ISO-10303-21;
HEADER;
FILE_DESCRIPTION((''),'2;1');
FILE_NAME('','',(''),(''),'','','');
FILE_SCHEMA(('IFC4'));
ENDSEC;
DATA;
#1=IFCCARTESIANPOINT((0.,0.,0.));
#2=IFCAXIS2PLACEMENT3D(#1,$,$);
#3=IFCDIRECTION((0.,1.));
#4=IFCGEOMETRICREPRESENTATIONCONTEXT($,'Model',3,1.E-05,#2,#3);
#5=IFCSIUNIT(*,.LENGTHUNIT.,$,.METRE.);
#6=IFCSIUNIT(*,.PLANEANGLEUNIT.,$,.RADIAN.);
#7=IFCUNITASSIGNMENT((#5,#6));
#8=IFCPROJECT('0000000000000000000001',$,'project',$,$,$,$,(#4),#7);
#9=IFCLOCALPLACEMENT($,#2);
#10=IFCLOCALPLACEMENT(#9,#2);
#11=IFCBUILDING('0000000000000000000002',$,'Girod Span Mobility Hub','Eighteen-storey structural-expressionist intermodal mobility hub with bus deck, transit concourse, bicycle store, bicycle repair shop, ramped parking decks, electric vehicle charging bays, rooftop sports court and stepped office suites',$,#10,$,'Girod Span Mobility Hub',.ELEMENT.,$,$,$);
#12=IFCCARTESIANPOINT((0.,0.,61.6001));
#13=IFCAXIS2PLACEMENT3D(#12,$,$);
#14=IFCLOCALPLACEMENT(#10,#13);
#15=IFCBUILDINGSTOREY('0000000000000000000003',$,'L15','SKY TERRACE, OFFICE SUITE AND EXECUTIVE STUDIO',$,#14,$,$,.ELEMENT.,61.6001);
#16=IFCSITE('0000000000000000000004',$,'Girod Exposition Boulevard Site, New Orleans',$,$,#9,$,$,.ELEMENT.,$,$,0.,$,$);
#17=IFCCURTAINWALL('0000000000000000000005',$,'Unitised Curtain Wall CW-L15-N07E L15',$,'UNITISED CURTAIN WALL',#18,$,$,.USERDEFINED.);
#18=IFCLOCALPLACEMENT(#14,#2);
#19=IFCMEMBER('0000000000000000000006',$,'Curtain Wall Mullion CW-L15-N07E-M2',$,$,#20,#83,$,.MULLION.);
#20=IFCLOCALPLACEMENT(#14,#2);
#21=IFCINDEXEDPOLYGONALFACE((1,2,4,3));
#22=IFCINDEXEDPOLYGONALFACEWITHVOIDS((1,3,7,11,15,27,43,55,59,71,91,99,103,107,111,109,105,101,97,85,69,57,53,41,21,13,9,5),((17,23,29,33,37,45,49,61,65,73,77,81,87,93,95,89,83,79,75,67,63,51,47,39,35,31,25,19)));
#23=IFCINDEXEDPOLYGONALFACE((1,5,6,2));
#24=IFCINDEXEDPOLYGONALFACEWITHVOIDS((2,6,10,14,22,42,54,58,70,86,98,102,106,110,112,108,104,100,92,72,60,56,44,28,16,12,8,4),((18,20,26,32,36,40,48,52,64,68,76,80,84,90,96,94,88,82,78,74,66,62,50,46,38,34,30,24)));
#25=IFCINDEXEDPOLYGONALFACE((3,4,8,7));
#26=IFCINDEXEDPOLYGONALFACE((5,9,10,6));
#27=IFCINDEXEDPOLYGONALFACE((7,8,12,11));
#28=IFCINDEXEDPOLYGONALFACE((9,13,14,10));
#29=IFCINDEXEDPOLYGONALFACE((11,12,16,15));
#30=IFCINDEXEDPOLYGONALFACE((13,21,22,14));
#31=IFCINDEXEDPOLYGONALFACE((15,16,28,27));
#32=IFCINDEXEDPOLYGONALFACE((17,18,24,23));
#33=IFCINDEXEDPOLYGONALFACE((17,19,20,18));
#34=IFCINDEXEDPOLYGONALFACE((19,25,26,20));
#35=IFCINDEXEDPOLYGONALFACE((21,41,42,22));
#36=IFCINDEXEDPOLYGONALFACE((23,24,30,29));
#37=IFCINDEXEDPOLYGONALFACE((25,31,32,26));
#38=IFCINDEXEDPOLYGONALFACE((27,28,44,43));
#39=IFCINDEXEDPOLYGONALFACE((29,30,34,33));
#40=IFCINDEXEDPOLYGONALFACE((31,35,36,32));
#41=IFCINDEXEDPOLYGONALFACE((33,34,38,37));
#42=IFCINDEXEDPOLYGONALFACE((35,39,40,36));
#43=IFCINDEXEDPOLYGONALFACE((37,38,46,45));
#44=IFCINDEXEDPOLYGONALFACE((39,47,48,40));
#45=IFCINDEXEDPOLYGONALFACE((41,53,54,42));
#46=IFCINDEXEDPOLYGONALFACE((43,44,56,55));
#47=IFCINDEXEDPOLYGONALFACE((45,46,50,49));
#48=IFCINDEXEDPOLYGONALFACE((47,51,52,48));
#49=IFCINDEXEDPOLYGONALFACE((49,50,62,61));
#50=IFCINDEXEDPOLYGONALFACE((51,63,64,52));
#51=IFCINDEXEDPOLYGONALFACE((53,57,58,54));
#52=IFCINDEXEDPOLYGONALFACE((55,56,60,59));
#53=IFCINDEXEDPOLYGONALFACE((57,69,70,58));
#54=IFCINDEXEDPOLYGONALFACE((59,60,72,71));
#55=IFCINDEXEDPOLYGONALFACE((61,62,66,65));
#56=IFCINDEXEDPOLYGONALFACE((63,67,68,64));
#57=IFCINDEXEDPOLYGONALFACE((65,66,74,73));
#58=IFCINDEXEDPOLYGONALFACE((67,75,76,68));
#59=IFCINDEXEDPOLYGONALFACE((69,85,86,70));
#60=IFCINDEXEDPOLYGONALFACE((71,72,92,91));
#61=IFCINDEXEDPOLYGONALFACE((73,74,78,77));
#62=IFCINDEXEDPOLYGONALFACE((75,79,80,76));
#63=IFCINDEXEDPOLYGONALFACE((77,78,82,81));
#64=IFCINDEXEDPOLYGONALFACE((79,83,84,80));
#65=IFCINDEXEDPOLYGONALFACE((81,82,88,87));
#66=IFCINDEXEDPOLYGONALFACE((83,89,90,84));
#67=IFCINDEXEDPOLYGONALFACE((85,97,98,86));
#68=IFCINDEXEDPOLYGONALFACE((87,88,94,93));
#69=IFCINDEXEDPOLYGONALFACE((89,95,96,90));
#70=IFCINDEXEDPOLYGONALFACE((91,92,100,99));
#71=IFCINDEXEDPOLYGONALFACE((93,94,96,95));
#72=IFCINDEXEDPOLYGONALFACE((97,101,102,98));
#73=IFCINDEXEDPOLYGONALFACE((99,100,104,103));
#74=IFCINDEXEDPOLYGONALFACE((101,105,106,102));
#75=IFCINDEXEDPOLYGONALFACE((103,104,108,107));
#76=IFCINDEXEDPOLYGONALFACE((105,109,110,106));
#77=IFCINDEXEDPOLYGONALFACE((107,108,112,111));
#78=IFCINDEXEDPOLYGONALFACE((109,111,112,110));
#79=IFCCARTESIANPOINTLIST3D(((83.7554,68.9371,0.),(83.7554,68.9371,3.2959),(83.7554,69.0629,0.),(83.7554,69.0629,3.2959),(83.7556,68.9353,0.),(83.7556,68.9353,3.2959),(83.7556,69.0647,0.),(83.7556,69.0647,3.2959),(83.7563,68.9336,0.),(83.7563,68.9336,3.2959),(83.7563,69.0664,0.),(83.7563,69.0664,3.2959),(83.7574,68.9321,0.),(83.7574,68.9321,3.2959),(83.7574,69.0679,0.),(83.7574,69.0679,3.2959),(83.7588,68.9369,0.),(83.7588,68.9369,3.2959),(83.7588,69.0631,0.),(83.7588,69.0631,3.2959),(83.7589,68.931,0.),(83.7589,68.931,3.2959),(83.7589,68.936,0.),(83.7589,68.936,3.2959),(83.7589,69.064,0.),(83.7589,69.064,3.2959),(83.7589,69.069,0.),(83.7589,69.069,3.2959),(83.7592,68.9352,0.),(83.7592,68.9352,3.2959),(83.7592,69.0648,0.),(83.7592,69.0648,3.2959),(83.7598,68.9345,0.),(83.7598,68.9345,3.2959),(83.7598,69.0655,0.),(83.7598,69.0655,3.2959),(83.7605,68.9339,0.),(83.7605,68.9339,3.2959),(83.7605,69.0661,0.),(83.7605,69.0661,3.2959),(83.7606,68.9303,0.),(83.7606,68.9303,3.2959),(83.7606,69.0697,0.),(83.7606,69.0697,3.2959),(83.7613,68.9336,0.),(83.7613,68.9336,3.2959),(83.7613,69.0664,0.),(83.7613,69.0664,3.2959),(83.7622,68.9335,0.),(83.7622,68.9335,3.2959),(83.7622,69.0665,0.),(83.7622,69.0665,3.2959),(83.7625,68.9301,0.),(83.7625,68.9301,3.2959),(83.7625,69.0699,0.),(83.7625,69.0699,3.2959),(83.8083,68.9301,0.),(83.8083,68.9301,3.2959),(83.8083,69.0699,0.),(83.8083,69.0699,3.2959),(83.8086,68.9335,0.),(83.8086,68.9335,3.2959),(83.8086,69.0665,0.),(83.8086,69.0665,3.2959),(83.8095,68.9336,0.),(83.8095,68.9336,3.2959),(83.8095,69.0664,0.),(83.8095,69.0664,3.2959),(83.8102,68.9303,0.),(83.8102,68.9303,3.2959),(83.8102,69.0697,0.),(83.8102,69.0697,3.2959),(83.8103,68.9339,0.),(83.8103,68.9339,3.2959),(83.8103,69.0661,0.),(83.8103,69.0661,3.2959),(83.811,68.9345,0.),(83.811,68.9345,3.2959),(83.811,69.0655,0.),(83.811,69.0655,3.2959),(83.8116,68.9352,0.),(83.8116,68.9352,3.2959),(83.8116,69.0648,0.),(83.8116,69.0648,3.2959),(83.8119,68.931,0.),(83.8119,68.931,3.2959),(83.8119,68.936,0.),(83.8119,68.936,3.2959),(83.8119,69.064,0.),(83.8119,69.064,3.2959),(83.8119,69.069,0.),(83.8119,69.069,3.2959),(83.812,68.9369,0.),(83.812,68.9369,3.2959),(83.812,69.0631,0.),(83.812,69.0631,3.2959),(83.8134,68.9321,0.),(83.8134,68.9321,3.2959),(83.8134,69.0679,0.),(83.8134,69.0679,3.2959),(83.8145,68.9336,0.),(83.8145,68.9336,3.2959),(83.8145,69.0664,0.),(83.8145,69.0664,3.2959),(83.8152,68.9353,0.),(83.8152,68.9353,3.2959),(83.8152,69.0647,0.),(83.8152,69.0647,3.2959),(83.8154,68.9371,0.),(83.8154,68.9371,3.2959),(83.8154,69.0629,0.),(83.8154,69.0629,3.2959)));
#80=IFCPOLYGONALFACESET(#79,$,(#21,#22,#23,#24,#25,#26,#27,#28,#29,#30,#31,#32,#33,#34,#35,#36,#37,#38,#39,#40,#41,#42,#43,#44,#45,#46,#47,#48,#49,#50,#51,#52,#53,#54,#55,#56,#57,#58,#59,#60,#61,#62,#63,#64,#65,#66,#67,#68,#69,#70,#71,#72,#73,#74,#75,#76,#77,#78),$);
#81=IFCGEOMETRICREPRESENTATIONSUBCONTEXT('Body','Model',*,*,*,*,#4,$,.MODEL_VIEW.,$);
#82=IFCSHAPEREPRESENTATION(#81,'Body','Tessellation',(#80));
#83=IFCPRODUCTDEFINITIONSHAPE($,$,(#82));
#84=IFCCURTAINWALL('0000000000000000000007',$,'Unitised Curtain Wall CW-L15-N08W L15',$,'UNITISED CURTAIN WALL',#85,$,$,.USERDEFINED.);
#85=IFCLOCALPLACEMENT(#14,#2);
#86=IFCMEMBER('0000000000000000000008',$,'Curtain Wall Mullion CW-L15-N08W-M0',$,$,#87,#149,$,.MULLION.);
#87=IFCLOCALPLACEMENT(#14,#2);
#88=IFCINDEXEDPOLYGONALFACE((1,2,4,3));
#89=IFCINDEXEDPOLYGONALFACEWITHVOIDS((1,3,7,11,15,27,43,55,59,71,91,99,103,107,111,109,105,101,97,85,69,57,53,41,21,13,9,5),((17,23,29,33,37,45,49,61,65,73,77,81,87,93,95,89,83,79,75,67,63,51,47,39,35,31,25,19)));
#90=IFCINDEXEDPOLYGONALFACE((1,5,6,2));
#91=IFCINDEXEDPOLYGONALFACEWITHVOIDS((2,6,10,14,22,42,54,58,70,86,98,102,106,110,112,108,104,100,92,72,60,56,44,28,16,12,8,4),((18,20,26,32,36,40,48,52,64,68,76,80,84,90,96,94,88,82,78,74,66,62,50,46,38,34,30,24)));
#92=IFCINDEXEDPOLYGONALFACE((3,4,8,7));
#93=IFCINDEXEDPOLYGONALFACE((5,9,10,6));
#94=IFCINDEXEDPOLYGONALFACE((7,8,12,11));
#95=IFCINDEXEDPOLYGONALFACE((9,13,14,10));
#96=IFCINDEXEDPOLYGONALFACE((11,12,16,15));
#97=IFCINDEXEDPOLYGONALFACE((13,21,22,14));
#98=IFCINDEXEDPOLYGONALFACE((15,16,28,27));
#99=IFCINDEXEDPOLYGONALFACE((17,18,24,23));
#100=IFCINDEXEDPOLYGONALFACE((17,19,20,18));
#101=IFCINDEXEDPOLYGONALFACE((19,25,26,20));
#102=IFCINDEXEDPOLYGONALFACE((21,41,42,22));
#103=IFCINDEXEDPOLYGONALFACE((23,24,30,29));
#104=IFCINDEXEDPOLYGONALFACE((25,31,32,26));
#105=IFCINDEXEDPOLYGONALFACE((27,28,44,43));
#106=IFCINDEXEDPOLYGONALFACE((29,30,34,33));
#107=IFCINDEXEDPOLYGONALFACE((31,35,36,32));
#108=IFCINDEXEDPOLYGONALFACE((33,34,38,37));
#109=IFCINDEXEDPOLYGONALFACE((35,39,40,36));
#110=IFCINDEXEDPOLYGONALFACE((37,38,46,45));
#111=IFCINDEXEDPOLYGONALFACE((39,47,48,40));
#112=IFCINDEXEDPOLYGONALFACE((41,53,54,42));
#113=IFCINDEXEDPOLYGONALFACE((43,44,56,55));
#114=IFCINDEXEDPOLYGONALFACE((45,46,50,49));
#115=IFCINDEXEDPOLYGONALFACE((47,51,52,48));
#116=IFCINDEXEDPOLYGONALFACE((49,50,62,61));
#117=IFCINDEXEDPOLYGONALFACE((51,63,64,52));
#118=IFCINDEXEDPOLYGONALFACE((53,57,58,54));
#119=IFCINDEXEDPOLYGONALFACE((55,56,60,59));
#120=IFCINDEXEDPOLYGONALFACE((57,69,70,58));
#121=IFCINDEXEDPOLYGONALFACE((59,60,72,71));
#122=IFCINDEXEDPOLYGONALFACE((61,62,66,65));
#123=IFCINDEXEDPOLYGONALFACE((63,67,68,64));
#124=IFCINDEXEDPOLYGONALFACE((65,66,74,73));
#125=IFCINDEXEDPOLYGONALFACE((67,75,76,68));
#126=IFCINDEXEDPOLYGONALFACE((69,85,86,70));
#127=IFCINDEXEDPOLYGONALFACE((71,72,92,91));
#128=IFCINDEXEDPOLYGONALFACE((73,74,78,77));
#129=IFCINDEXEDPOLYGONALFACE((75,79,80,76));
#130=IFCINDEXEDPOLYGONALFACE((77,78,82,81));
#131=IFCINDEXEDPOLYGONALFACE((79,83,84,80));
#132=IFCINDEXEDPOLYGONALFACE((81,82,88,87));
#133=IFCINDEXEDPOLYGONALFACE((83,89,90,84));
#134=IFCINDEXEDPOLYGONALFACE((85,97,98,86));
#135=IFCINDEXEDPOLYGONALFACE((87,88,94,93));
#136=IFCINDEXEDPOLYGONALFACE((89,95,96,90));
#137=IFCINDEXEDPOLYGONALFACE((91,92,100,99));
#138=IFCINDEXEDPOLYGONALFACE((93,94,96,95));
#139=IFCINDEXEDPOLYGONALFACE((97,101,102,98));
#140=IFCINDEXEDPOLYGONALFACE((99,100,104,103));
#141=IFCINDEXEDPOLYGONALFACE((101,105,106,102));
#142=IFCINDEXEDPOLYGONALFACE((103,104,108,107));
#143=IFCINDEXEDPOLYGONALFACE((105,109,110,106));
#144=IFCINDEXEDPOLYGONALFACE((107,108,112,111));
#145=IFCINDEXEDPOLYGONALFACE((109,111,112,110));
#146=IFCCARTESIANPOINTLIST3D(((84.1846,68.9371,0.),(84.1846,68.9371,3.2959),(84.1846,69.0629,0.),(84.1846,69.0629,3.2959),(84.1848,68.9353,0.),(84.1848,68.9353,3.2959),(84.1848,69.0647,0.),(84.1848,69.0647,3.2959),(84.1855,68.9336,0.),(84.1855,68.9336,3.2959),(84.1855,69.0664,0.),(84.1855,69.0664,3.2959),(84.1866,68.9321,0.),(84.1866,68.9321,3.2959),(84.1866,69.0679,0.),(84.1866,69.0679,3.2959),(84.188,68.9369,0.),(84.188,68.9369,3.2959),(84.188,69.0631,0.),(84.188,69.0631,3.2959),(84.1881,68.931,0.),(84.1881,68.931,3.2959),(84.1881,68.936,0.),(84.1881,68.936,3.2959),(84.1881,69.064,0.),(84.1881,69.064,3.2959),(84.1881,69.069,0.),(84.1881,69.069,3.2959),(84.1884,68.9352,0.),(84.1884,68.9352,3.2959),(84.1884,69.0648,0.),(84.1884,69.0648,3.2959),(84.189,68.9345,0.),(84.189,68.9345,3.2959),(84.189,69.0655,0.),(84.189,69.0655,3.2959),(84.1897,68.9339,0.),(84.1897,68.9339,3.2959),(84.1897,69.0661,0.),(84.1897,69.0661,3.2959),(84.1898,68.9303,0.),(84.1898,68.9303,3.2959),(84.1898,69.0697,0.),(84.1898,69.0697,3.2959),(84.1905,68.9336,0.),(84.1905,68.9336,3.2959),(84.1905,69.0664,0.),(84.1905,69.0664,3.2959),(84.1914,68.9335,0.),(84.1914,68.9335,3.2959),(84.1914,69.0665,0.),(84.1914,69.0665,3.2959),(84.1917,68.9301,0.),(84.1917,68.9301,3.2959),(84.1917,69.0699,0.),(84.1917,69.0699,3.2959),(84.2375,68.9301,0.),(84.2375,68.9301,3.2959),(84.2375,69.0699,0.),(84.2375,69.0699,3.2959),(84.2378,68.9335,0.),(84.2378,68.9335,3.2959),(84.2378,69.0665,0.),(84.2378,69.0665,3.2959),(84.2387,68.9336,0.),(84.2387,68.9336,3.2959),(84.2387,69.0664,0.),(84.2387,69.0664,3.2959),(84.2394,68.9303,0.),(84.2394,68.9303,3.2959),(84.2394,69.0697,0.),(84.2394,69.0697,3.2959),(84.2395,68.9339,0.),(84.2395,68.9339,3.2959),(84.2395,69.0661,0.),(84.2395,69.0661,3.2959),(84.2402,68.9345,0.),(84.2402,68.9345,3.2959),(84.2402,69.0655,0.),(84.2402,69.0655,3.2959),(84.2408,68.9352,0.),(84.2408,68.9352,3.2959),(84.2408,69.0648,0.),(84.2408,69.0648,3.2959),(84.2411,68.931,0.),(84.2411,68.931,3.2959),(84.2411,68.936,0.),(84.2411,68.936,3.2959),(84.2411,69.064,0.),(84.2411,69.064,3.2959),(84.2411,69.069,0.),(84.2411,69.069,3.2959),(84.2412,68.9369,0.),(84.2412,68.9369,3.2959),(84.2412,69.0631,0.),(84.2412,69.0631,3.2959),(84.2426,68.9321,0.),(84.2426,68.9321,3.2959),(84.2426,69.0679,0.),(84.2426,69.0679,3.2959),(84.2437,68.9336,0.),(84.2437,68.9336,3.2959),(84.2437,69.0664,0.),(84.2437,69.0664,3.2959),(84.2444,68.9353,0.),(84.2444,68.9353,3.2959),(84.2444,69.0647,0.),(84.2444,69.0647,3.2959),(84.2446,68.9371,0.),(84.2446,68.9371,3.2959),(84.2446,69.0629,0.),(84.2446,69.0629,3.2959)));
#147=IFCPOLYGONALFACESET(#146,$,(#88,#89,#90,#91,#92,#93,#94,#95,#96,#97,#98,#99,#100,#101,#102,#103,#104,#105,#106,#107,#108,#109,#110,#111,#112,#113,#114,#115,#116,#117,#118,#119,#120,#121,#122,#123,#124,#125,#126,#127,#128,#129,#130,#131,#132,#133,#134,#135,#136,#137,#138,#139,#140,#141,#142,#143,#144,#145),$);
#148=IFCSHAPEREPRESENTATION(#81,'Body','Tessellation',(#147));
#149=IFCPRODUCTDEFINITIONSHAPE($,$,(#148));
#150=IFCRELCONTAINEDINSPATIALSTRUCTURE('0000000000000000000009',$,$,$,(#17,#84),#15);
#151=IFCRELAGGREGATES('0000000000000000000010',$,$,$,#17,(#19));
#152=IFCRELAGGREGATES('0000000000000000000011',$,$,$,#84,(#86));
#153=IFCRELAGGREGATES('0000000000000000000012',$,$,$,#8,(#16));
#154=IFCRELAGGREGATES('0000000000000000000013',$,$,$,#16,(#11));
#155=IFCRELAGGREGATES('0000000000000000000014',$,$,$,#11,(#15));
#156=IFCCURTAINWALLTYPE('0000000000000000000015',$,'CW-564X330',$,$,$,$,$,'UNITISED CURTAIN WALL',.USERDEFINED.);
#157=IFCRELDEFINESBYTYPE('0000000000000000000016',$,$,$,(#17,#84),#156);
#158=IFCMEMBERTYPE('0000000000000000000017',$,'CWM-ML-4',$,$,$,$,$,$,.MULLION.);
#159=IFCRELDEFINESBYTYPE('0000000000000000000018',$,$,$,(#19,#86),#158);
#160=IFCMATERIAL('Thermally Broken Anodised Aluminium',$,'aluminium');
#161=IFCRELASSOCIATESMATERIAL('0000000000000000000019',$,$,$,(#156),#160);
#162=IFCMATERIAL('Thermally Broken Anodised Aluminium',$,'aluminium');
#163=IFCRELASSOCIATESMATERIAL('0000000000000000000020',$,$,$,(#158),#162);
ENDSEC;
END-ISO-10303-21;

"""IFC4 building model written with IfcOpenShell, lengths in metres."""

from ifc_helpers import new_model, si_unit, direction, frame, origin, origin_2d, place, context, subcontext, project, spatial, hollow_rectangle, extrude, material, material_profile, profile_set, type_object, element, aggregate, save


model = new_model("IFC4")

# Units and contexts
model_context = context("Model", 3, precision=1e-05, world=origin(), true_north=direction((0.0, 1.0)))
body_context = subcontext(model_context, "Body", "Model", "MODEL_VIEW")
ifc_project = project(units=[si_unit("LENGTHUNIT", "METRE"), si_unit("PLANEANGLEUNIT", "RADIAN")], contexts=[model_context])

# Site, building, storey
site_placement = place(None, origin())
site = spatial("IfcSite", under=ifc_project, at=site_placement, Name="Girod Exposition Boulevard Site, New Orleans", CompositionType="ELEMENT", RefElevation=0.0)
building_placement = place(site_placement, origin())
building = spatial("IfcBuilding", under=site, at=building_placement, Name="Girod Span Mobility Hub", Description="Eighteen-storey structural-expressionist intermodal mobility hub with bus deck, transit concourse, bicycle store, bicycle repair shop, ramped parking decks, electric vehicle charging bays, rooftop sports court and stepped office suites", LongName="Girod Span Mobility Hub", CompositionType="ELEMENT")
storey_placement = place(building_placement, frame((0.0, 0.0, 61.6001)))
storey = spatial("IfcBuildingStorey", under=building, at=storey_placement, Name="L15", Description="SKY TERRACE, OFFICE SUITE AND EXECUTIVE STUDIO", CompositionType="ELEMENT", Elevation=61.6001)

# Curtain walls, members
ifc_material_1 = material(Name="Thermally Broken Anodised Aluminium", Category="aluminium")
curtain_wall_type = type_object("IfcCurtainWallType", Name="CW-564X330", ElementType="UNITISED CURTAIN WALL", PredefinedType="USERDEFINED", material=ifc_material_1)
curtain_wall_1_placement = place(storey_placement, origin())
curtain_wall_1 = element("IfcCurtainWall", 1, at=curtain_wall_1_placement, inside=storey, type_object=curtain_wall_type, Name="Unitised Curtain Wall CW-L15-N07E L15", ObjectType="UNITISED CURTAIN WALL", PredefinedType="USERDEFINED")
ifc_material_2 = material(Name="Thermally Broken Anodised Aluminium", Category="aluminium")
ifc_material_profile_1 = material_profile(ifc_material_2, hollow_rectangle(XDim=0.1399, YDim=0.0601, WallThickness=0.0034, InnerFilletRadius=0.0034, OuterFilletRadius=0.0071, at=origin_2d()), Name="CW-ML-60X140")
ifc_profile_set_1 = profile_set([ifc_material_profile_1], Name="Thermally Broken Anodised Aluminium")
member_type_1 = type_object("IfcMemberType", Name="CWM-ML-4", PredefinedType="MULLION", material=ifc_profile_set_1)
member_1_placement = place(storey_placement, frame((83.7854, 69.0, 0.0), z_axis=(0.0, 0.0, 1.0), x_axis=(0.0, 1.0, 0.0)))
member_1 = element("IfcMember", 2, at=member_1_placement, type_object=member_type_1, Name="Curtain Wall Mullion CW-L15-N07E-M2", PredefinedType="MULLION", context=body_context, shape_type="SweptSolid", body=[
    extrude(hollow_rectangle(XDim=0.1399, YDim=0.0601, WallThickness=0.0034, InnerFilletRadius=0.0034, OuterFilletRadius=0.0071, at=origin_2d()), origin(), (0.0, 0.0, 1.0), 3.2959),
])
curtain_wall_2_placement = place(storey_placement, origin())
curtain_wall_2 = element("IfcCurtainWall", 3, at=curtain_wall_2_placement, inside=storey, type_object=curtain_wall_type, Name="Unitised Curtain Wall CW-L15-N08W L15", ObjectType="UNITISED CURTAIN WALL", PredefinedType="USERDEFINED")
member_2_placement = place(storey_placement, frame((84.2146, 69.0, 0.0), z_axis=(0.0, 0.0, 1.0), x_axis=(0.0, 1.0, 0.0)))
member_2 = element("IfcMember", 4, at=member_2_placement, type_object=member_type_1, Name="Curtain Wall Mullion CW-L15-N08W-M0", PredefinedType="MULLION", context=body_context, shape_type="SweptSolid", body=[
    extrude(hollow_rectangle(XDim=0.1399, YDim=0.0601, WallThickness=0.0034, InnerFilletRadius=0.0034, OuterFilletRadius=0.0071, at=origin_2d()), origin(), (0.0, 0.0, 1.0), 3.2959),
])

aggregate(curtain_wall_1, [member_1])
aggregate(curtain_wall_2, [member_2])

save(model, "model.ifc")
